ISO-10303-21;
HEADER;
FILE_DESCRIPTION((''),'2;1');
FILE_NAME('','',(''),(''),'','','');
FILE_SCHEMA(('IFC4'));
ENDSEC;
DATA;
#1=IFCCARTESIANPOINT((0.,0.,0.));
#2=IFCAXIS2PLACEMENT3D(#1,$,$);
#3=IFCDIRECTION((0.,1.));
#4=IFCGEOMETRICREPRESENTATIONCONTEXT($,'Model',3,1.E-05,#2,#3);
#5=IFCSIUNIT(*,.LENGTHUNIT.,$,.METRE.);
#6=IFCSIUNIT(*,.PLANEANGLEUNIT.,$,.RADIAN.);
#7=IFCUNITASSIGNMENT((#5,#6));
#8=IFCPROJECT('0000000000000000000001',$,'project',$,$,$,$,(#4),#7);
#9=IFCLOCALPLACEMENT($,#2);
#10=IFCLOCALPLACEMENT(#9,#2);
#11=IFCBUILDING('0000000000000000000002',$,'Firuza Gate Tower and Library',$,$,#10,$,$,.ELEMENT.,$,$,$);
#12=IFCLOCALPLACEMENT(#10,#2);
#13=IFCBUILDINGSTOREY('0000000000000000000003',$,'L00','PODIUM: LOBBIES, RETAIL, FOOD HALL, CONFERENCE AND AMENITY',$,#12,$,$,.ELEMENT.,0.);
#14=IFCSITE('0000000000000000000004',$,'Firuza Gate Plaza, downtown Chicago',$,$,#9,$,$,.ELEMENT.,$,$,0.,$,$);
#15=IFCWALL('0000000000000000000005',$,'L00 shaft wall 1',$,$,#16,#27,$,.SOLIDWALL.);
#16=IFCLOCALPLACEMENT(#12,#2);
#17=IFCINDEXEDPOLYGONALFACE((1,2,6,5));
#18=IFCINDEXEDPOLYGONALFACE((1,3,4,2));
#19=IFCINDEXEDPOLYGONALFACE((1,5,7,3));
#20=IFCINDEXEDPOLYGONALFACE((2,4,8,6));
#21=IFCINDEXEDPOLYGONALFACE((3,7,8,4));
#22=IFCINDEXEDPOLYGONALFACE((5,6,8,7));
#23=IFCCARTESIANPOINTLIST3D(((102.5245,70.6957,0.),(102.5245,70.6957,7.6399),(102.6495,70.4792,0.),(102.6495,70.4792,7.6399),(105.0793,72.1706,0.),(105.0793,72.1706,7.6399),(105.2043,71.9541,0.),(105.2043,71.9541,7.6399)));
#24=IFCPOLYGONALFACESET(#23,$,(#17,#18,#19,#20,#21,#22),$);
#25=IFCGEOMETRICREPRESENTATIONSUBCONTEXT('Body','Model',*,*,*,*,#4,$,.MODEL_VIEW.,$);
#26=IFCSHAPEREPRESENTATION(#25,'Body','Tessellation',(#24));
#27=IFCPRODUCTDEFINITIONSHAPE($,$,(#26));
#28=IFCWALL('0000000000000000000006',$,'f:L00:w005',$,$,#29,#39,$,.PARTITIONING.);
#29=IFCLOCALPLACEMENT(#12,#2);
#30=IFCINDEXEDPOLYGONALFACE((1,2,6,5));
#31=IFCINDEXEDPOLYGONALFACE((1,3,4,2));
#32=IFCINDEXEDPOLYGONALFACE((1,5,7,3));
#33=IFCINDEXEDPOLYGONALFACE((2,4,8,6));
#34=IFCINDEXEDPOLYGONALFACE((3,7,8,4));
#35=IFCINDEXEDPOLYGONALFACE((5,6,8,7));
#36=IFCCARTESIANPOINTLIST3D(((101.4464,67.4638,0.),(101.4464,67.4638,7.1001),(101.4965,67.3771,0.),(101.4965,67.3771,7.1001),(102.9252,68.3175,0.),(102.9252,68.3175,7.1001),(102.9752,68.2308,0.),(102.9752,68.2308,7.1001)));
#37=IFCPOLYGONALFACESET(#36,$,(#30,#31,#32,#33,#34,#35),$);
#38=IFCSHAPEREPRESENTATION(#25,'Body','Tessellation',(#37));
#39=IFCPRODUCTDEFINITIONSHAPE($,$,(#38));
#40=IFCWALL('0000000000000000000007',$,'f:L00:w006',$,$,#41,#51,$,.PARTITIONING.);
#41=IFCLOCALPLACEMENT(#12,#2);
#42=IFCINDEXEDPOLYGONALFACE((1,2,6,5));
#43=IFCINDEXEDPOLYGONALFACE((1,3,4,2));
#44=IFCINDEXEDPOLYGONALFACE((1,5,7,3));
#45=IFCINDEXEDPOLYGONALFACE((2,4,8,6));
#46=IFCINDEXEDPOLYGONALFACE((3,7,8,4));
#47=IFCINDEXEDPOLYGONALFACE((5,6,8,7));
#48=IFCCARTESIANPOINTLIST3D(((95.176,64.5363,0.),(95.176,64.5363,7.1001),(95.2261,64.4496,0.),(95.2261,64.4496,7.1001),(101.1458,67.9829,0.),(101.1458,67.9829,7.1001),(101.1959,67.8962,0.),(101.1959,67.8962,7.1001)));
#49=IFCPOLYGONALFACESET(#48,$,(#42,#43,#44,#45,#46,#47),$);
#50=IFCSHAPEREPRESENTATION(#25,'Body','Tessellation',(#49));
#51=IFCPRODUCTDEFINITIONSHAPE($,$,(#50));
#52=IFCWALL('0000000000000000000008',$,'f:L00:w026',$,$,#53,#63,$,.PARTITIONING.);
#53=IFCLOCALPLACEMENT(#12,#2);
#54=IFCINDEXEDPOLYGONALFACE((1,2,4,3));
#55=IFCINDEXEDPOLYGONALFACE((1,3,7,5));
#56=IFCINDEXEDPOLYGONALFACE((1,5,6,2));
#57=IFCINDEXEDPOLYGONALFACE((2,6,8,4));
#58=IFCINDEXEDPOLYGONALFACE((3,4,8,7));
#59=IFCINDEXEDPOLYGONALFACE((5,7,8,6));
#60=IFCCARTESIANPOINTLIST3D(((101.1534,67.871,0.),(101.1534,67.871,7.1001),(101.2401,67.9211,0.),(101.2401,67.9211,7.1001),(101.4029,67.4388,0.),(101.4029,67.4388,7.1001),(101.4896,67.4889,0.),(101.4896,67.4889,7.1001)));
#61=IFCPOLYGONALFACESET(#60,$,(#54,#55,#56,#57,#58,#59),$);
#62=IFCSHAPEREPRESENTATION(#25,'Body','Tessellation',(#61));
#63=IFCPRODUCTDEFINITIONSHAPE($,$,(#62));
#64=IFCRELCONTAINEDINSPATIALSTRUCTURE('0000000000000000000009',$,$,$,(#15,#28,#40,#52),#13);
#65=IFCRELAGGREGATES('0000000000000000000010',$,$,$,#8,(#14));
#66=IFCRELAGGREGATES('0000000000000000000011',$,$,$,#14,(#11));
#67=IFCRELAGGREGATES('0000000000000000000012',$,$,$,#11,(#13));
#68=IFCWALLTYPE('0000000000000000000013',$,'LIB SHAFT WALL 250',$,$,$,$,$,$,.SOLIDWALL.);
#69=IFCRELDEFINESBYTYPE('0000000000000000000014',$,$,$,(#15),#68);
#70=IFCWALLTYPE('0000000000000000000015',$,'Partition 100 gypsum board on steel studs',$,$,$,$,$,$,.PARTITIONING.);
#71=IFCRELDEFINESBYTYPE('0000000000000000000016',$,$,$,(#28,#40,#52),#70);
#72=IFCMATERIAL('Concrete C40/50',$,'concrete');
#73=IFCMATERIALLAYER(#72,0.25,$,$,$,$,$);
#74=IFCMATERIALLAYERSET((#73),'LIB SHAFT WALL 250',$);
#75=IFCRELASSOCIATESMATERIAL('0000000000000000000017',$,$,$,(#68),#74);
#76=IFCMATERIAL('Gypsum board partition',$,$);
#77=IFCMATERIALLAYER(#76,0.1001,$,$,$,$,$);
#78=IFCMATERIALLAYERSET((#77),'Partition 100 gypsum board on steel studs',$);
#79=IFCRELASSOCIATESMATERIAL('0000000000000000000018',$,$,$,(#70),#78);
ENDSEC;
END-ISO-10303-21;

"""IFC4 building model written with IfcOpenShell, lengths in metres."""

from ifc_helpers import new_model, si_unit, direction, frame, frame_2d, origin, place, context, subcontext, project, spatial, rectangle, extrude, material, layer, layer_set, type_object, element, save


model = new_model("IFC4")

# Units and contexts
model_context = context("Model", 3, precision=1e-05, world=origin(), true_north=direction((0.0, 1.0)))
body_context = subcontext(model_context, "Body", "Model", "MODEL_VIEW")
ifc_project = project(units=[si_unit("LENGTHUNIT", "METRE"), si_unit("PLANEANGLEUNIT", "RADIAN")], contexts=[model_context])

# Site, building, storey
site_placement = place(None, origin())
site = spatial("IfcSite", under=ifc_project, at=site_placement, Name="Firuza Gate Plaza, downtown Chicago", CompositionType="ELEMENT", RefElevation=0.0)
building_placement = place(site_placement, origin())
building = spatial("IfcBuilding", under=site, at=building_placement, Name="Firuza Gate Tower and Library", CompositionType="ELEMENT")
storey_placement = place(building_placement, origin())
storey = spatial("IfcBuildingStorey", under=building, at=storey_placement, Name="L00", Description="PODIUM: LOBBIES, RETAIL, FOOD HALL, CONFERENCE AND AMENITY", CompositionType="ELEMENT", Elevation=0.0)

# Walls
ifc_material_1 = material(Name="Concrete C40/50", Category="concrete")
ifc_layer_1 = layer(ifc_material_1, 0.25)
ifc_layer_set_1 = layer_set([ifc_layer_1], Name="LIB SHAFT WALL 250")
wall_type_1 = type_object("IfcWallType", Name="LIB SHAFT WALL 250", PredefinedType="SOLIDWALL", material=ifc_layer_set_1)
wall_1_placement = place(storey_placement, frame((102.5869, 70.5874, 0.0), z_axis=(0.0, 0.0, 1.0), x_axis=(0.866039, 0.499976, 0.0)))
element("IfcWall", 1, at=wall_1_placement, inside=storey, type_object=wall_type_1, Name="L00 shaft wall 1", PredefinedType="SOLIDWALL", context=body_context, shape_type="SweptSolid", body=[
    extrude(rectangle(XDim=2.95, YDim=0.25, at=frame_2d((1.4751, 0.0))), origin(), (0.0, 0.0, 1.0), 7.6399),
])
ifc_material_2 = material(Name="Gypsum board partition")
ifc_layer_2 = layer(ifc_material_2, 0.1001)
ifc_layer_set_2 = layer_set([ifc_layer_2], Name="Partition 100 gypsum board on steel studs")
wall_type_2 = type_object("IfcWallType", Name="Partition 100 gypsum board on steel studs", PredefinedType="PARTITIONING", material=ifc_layer_set_2)
wall_2_placement = place(storey_placement, frame((101.4714, 67.4204, 0.0), z_axis=(0.0, 0.0, 1.0), x_axis=(0.866026, 0.499999, 0.0)))
element("IfcWall", 2, at=wall_2_placement, inside=storey, type_object=wall_type_2, Name="f:L00:w005", PredefinedType="PARTITIONING", context=body_context, shape_type="SweptSolid", body=[
    extrude(rectangle(XDim=1.7075, YDim=0.1001, at=frame_2d((0.8538, 0.0))), origin(), (0.0, 0.0, 1.0), 7.1001),
])
wall_3_placement = place(storey_placement, frame((95.2009, 64.4929, 0.0), z_axis=(0.0, 0.0, 1.0), x_axis=(0.866031, 0.49999, 0.0)))
element("IfcWall", 3, at=wall_3_placement, inside=storey, type_object=wall_type_2, Name="f:L00:w006", PredefinedType="PARTITIONING", context=body_context, shape_type="SweptSolid", body=[
    extrude(rectangle(XDim=6.8933, YDim=0.1001, at=frame_2d((3.4468, 0.0))), origin(), (0.0, 0.0, 1.0), 7.1001),
])
wall_4_placement = place(storey_placement, frame((101.4463, 67.4639, 0.0), z_axis=(0.0, 0.0, 1.0), x_axis=(-0.500033, 0.866006, 0.0)))
element("IfcWall", 4, at=wall_4_placement, inside=storey, type_object=wall_type_2, Name="f:L00:w026", PredefinedType="PARTITIONING", context=body_context, shape_type="SweptSolid", body=[
    extrude(rectangle(XDim=0.499, YDim=0.1001, at=frame_2d((0.2495, 0.0))), origin(), (0.0, 0.0, 1.0), 7.1001),
])

save(model, "model.ifc")
